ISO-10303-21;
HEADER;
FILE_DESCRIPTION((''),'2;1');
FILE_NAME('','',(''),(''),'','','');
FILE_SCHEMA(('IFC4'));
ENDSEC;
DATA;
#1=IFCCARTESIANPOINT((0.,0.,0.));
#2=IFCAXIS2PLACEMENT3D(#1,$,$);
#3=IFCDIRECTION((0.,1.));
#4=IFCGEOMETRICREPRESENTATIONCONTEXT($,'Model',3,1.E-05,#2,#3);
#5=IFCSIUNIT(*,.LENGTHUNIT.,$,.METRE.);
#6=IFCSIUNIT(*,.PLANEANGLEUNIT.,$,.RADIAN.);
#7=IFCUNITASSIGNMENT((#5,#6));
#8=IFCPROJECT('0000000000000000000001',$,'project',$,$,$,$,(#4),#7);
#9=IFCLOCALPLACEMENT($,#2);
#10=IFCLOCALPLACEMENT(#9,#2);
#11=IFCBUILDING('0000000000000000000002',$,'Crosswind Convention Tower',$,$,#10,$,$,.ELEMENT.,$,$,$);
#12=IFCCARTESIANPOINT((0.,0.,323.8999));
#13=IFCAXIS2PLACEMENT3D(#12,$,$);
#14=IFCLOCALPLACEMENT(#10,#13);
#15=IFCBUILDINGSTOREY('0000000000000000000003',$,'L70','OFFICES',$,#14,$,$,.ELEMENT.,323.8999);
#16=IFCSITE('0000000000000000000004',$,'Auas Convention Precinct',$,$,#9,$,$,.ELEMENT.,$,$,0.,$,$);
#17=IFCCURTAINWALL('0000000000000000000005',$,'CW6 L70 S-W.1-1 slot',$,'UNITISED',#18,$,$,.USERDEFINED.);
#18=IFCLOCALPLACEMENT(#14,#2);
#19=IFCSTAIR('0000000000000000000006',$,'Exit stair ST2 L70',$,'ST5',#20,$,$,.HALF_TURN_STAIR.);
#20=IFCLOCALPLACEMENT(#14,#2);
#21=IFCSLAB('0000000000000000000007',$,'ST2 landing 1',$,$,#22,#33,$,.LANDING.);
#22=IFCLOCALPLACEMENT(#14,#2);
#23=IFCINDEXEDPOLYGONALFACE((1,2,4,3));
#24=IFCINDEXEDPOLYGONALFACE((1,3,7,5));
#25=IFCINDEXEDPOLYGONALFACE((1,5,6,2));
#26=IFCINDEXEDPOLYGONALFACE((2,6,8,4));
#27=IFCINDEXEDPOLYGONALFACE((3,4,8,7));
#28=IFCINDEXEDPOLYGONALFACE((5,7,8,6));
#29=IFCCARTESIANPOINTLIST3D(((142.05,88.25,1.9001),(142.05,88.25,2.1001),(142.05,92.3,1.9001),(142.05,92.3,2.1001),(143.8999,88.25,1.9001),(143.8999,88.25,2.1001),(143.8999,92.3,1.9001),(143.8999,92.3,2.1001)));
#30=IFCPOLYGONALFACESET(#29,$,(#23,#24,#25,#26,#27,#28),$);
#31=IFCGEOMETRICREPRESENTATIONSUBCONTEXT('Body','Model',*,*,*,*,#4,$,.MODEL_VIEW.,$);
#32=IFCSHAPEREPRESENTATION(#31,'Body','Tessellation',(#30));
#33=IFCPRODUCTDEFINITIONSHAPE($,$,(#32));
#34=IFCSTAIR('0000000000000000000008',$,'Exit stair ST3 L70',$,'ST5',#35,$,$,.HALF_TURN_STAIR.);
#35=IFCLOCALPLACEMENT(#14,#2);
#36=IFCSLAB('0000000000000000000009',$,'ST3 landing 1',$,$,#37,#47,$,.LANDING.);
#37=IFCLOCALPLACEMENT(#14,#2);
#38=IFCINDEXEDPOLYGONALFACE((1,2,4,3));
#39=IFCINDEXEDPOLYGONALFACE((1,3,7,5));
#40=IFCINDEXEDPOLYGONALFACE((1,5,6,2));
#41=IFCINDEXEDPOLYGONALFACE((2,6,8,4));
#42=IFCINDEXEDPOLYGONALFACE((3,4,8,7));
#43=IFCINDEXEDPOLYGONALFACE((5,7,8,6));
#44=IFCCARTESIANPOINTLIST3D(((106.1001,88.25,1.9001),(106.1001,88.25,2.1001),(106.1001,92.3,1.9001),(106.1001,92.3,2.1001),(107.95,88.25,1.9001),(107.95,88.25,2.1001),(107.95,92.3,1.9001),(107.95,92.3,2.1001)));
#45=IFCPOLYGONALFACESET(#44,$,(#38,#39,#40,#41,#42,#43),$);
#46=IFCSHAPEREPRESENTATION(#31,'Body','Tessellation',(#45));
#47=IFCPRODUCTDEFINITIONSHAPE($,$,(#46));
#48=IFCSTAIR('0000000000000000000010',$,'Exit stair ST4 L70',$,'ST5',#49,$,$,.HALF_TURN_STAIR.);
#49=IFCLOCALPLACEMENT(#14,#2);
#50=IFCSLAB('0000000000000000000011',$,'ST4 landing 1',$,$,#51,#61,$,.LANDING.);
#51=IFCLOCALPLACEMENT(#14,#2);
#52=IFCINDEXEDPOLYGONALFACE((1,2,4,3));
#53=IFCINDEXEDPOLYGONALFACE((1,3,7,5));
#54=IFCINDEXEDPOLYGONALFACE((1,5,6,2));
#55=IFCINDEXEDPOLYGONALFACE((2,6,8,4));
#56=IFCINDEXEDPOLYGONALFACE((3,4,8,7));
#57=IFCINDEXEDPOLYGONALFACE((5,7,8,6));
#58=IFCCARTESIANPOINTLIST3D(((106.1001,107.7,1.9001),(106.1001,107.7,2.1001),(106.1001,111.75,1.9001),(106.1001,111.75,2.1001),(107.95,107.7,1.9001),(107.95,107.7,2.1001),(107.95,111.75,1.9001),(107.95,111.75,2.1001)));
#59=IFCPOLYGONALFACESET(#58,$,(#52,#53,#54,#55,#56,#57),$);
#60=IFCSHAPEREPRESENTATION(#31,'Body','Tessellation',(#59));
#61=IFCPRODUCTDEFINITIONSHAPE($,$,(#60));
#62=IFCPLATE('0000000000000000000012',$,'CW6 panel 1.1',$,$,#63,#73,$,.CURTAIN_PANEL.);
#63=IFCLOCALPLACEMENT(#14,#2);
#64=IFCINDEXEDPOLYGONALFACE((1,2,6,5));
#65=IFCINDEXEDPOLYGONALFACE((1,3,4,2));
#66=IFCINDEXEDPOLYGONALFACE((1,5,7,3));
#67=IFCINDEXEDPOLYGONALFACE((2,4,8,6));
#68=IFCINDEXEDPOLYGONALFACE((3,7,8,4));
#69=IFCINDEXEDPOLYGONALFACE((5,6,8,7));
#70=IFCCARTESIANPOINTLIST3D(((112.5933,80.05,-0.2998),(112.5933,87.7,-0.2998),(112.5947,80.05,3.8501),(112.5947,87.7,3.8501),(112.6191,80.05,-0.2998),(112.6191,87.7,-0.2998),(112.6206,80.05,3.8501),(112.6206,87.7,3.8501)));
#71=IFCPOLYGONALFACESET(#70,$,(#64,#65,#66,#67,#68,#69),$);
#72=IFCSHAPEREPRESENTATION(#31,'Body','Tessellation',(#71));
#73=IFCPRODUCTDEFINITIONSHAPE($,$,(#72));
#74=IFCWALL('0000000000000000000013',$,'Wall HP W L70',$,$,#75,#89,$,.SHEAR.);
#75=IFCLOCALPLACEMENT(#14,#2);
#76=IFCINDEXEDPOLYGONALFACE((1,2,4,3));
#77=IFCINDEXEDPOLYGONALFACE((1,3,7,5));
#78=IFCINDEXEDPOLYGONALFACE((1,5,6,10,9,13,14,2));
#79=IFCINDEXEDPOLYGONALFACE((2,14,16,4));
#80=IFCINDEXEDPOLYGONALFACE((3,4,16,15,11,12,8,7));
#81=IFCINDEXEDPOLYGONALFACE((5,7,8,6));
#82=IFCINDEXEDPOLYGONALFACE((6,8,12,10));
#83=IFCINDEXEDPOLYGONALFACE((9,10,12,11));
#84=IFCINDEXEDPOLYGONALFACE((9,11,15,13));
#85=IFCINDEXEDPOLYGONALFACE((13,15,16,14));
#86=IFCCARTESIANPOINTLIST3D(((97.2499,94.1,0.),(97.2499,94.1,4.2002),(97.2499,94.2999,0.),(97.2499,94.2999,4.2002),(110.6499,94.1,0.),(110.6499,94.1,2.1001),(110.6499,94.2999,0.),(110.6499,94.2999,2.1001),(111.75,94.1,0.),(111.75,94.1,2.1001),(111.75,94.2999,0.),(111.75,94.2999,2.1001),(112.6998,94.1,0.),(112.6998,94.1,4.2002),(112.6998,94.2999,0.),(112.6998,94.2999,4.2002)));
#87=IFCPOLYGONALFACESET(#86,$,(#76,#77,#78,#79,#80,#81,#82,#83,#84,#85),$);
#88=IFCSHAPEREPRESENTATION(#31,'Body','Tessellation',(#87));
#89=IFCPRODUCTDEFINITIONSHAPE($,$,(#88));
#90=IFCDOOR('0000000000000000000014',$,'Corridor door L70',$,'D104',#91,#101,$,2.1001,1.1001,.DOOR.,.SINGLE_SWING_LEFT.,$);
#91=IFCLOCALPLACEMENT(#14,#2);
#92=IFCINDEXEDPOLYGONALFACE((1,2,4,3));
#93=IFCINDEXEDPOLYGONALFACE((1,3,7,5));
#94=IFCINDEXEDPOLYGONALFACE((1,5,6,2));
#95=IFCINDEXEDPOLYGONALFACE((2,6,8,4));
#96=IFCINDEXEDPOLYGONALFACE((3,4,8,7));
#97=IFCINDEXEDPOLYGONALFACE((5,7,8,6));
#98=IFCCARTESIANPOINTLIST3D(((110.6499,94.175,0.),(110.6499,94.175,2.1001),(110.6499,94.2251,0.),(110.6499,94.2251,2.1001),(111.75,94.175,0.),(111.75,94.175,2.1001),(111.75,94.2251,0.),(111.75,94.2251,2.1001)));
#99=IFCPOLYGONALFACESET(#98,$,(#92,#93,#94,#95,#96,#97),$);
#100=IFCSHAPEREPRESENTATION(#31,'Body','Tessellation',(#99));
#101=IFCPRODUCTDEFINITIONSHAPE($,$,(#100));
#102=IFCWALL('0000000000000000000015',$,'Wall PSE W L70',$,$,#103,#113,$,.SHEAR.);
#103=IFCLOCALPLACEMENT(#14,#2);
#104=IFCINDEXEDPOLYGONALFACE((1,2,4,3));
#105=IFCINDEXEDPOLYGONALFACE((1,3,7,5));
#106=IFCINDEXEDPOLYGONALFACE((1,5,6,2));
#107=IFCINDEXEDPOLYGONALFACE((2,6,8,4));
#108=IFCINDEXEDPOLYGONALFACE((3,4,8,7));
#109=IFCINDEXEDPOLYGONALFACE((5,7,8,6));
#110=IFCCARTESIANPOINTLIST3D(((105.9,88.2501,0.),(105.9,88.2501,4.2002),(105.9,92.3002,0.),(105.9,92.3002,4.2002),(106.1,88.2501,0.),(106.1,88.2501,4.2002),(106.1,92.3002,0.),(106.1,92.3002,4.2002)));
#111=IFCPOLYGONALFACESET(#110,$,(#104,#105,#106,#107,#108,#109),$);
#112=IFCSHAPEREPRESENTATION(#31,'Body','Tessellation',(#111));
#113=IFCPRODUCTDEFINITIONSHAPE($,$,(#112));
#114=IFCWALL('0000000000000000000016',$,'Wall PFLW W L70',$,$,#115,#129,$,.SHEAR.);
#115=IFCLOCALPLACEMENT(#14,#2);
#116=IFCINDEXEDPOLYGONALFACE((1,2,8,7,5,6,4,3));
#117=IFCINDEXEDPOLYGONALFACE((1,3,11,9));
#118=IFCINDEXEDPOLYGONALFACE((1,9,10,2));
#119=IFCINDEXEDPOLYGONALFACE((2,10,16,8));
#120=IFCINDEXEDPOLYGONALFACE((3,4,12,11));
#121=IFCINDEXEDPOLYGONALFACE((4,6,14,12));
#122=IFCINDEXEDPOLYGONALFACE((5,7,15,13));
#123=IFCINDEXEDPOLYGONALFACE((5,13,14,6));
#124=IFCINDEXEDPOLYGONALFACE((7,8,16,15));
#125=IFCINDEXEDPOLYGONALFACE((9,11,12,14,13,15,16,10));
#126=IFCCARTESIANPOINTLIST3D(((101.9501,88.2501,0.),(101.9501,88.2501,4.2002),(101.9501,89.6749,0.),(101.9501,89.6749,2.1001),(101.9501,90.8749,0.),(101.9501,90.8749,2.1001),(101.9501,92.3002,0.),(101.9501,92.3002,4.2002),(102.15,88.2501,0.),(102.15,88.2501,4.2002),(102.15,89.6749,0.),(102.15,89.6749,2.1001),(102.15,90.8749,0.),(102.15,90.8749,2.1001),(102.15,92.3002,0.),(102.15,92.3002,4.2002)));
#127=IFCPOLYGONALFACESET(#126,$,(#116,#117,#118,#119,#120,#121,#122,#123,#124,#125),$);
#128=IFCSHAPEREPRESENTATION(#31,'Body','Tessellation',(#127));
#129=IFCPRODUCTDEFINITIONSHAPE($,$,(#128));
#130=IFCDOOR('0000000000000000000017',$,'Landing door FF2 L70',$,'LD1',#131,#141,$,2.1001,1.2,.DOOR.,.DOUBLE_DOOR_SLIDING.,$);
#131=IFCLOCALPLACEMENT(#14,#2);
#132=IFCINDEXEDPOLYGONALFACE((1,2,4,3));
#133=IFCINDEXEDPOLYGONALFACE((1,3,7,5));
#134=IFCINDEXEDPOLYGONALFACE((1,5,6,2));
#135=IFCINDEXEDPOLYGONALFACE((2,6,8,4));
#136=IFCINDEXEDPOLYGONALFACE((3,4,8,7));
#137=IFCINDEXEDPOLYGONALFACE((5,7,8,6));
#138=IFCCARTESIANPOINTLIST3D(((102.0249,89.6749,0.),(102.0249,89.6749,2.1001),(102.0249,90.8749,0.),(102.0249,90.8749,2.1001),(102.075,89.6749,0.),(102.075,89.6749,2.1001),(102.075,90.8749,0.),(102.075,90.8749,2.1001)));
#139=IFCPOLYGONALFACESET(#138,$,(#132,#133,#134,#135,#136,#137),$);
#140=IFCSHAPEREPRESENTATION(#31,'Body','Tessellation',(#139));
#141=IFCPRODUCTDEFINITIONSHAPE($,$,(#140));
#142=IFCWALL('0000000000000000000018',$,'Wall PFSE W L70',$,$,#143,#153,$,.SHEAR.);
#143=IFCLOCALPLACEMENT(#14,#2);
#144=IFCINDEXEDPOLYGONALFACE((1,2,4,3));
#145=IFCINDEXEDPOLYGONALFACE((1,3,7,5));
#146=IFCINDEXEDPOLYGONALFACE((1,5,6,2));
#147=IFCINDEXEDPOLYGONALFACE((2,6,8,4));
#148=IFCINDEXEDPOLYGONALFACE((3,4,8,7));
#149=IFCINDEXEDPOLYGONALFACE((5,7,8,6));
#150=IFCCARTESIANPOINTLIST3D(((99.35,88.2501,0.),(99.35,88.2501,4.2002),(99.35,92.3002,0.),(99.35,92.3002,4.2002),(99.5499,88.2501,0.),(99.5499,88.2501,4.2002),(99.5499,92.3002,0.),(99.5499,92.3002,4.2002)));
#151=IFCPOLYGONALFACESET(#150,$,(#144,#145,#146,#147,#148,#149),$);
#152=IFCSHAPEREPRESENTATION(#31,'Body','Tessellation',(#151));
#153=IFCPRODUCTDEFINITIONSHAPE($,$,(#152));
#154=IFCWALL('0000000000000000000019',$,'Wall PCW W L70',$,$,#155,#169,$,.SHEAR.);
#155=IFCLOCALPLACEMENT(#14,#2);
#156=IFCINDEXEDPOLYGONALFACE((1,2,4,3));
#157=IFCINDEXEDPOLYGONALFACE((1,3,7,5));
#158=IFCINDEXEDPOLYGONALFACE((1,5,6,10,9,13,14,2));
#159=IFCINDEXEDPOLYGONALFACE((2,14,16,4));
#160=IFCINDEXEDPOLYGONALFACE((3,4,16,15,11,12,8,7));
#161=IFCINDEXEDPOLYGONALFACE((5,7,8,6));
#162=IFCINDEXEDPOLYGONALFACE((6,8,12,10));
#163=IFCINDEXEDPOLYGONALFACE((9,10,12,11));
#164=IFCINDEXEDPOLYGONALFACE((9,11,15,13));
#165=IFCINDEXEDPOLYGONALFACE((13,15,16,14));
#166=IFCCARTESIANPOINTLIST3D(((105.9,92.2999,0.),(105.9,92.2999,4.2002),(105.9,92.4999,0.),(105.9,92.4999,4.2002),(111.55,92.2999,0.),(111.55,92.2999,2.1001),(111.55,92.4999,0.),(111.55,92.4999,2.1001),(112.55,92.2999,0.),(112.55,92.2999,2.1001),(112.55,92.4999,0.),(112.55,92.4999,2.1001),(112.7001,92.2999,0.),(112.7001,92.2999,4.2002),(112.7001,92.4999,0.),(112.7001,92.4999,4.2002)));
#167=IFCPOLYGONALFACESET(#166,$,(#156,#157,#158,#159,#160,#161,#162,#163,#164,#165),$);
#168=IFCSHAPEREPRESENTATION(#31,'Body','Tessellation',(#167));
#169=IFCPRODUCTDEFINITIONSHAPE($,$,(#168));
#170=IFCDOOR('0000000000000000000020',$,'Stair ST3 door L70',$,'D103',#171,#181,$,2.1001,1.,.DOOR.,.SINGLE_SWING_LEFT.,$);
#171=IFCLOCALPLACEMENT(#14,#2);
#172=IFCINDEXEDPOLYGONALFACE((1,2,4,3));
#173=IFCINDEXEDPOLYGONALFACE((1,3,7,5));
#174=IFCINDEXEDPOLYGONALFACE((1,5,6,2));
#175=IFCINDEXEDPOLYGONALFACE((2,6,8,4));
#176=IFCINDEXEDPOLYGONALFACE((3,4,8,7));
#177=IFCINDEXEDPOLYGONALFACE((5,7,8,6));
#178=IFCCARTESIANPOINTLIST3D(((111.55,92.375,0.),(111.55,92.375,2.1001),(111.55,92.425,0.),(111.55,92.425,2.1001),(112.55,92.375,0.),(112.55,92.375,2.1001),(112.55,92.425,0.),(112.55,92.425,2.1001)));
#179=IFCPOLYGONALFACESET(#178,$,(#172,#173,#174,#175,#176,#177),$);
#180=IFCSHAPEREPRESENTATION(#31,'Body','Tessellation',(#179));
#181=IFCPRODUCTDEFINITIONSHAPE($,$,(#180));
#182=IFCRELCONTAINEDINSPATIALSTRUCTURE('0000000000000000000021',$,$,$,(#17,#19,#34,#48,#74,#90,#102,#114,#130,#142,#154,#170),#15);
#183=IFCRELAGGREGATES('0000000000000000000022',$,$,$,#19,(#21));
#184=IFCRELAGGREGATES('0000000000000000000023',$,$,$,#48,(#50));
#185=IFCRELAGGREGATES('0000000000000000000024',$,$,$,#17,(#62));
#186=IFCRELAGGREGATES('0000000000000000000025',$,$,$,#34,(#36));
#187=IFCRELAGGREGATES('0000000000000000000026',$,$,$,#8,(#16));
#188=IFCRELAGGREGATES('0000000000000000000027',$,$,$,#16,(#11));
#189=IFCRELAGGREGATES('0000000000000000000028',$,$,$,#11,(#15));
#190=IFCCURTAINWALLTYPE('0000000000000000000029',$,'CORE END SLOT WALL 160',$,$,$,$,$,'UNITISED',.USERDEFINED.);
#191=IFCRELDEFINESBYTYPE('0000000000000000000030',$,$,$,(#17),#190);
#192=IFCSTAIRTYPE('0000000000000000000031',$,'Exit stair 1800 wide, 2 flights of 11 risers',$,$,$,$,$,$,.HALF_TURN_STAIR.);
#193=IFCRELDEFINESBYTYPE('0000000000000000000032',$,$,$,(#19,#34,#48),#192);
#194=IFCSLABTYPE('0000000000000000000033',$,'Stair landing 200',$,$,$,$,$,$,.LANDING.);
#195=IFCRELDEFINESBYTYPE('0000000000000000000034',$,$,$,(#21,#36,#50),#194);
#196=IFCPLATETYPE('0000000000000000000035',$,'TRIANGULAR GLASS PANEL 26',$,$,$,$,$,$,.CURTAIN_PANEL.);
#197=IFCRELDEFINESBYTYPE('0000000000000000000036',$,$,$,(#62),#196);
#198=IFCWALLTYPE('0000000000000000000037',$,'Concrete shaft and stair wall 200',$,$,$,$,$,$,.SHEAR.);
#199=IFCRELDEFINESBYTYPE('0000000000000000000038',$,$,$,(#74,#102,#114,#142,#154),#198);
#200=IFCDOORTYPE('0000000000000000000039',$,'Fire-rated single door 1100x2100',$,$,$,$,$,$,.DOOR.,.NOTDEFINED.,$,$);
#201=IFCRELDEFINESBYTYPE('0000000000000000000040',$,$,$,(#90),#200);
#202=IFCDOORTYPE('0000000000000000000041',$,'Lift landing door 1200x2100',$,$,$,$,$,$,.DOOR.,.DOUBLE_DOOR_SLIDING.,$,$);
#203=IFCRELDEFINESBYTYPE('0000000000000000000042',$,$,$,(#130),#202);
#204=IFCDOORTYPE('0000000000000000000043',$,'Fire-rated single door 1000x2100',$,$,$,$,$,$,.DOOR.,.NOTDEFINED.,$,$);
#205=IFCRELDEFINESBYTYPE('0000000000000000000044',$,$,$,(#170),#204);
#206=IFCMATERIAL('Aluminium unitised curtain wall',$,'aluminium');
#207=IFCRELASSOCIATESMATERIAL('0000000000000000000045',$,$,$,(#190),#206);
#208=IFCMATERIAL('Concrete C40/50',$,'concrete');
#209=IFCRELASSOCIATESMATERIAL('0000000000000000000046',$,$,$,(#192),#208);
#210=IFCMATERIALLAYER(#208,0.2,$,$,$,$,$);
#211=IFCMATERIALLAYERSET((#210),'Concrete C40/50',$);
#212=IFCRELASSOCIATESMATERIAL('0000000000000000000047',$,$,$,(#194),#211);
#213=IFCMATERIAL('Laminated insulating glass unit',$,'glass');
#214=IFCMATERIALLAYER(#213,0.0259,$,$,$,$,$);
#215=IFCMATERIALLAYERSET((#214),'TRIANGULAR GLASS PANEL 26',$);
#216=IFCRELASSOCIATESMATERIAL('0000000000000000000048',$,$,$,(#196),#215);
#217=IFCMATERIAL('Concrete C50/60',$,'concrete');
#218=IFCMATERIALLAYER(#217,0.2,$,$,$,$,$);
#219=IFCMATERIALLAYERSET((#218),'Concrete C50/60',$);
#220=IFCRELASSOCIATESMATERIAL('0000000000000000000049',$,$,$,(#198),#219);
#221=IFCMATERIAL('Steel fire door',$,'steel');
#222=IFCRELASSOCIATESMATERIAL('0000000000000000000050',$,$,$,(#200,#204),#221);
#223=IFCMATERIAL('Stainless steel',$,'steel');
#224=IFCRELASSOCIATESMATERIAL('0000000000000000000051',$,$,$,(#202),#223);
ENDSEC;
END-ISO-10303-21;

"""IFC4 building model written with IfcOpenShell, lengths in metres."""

from ifc_helpers import new_model, si_unit, direction, frame, frame_2d, origin, place, context, subcontext, project, spatial, polyline, rectangle, outline, extrude, material, layer, layer_set, type_object, element, fill, aggregate, save


model = new_model("IFC4")

# Units and contexts
model_context = context("Model", 3, precision=1e-05, world=origin(), true_north=direction((0.0, 1.0)))
body_context = subcontext(model_context, "Body", "Model", "MODEL_VIEW")
ifc_project = project(units=[si_unit("LENGTHUNIT", "METRE"), si_unit("PLANEANGLEUNIT", "RADIAN")], contexts=[model_context])

# Site, building, storey
site_placement = place(None, origin())
site = spatial("IfcSite", under=ifc_project, at=site_placement, Name="Auas Convention Precinct", CompositionType="ELEMENT", RefElevation=0.0)
building_placement = place(site_placement, origin())
building = spatial("IfcBuilding", under=site, at=building_placement, Name="Crosswind Convention Tower", CompositionType="ELEMENT")
storey_placement = place(building_placement, frame((0.0, 0.0, 323.8999)))
storey = spatial("IfcBuildingStorey", under=building, at=storey_placement, Name="L70", Description="OFFICES", CompositionType="ELEMENT", Elevation=323.8999)

# Curtain wall
ifc_material_1 = material(Name="Aluminium unitised curtain wall", Category="aluminium")
curtain_wall_type = type_object("IfcCurtainWallType", Name="CORE END SLOT WALL 160", ElementType="UNITISED", PredefinedType="USERDEFINED", material=ifc_material_1)
curtain_wall_placement = place(storey_placement, origin())
curtain_wall = element("IfcCurtainWall", 1, at=curtain_wall_placement, inside=storey, type_object=curtain_wall_type, Name="CW6 L70 S-W.1-1 slot", ObjectType="UNITISED", PredefinedType="USERDEFINED")

# Shared definitions
ifc_material_2 = material(Name="Concrete C40/50", Category="concrete")

# Stairs, slabs
stair_type = type_object("IfcStairType", Name="Exit stair 1800 wide, 2 flights of 11 risers", PredefinedType="HALF_TURN_STAIR", material=ifc_material_2)
ifc_layer_1 = layer(ifc_material_2, 0.2)
ifc_layer_set_1 = layer_set([ifc_layer_1], Name="Concrete C40/50")
slab_type_1 = type_object("IfcSlabType", Name="Stair landing 200", PredefinedType="LANDING", material=ifc_layer_set_1)
stair_1_placement = place(storey_placement, origin())
stair_1 = element("IfcStair", 2, at=stair_1_placement, inside=storey, type_object=stair_type, Name="Exit stair ST2 L70", ObjectType="ST5", PredefinedType="HALF_TURN_STAIR")
slab_1_placement = place(storey_placement, frame((0.0, 0.0, 1.9001)))
slab_1 = element("IfcSlab", 3, at=slab_1_placement, type_object=slab_type_1, Name="ST2 landing 1", PredefinedType="LANDING", context=body_context, shape_type="SweptSolid", body=[
    extrude(outline(polyline([(143.8999, 88.25), (143.8999, 92.3), (142.05, 92.3), (142.05, 88.25), (143.8999, 88.25)])), origin(), (0.0, 0.0, 1.0), 0.2),
])
aggregate(stair_1, [slab_1])
stair_2_placement = place(storey_placement, origin())
stair_2 = element("IfcStair", 4, at=stair_2_placement, inside=storey, type_object=stair_type, Name="Exit stair ST3 L70", ObjectType="ST5", PredefinedType="HALF_TURN_STAIR")
slab_2_placement = place(storey_placement, frame((0.0, 0.0, 1.9001)))
slab_2 = element("IfcSlab", 5, at=slab_2_placement, type_object=slab_type_1, Name="ST3 landing 1", PredefinedType="LANDING", context=body_context, shape_type="SweptSolid", body=[
    extrude(outline(polyline([(107.95, 88.25), (107.95, 92.3), (106.1001, 92.3), (106.1001, 88.25), (107.95, 88.25)])), origin(), (0.0, 0.0, 1.0), 0.2),
])
stair_3_placement = place(storey_placement, origin())
stair_3 = element("IfcStair", 6, at=stair_3_placement, inside=storey, type_object=stair_type, Name="Exit stair ST4 L70", ObjectType="ST5", PredefinedType="HALF_TURN_STAIR")
slab_3_placement = place(storey_placement, frame((0.0, 0.0, 1.9001)))
slab_3 = element("IfcSlab", 7, at=slab_3_placement, type_object=slab_type_1, Name="ST4 landing 1", PredefinedType="LANDING", context=body_context, shape_type="SweptSolid", body=[
    extrude(outline(polyline([(107.95, 107.7), (107.95, 111.75), (106.1001, 111.75), (106.1001, 107.7), (107.95, 107.7)])), origin(), (0.0, 0.0, 1.0), 0.2),
])
aggregate(stair_3, [slab_3])

# Plate
ifc_material_3 = material(Name="Laminated insulating glass unit", Category="glass")
ifc_layer_2 = layer(ifc_material_3, 0.0259)
ifc_layer_set_2 = layer_set([ifc_layer_2], Name="TRIANGULAR GLASS PANEL 26")
plate_type = type_object("IfcPlateType", Name="TRIANGULAR GLASS PANEL 26", PredefinedType="CURTAIN_PANEL", material=ifc_layer_set_2)
plate_placement = place(storey_placement, frame((112.5933, 87.7, -0.2998), z_axis=(-1.0, 0.0, 0.000353), x_axis=(0.0, -1.0, 0.0)))
plate = element("IfcPlate", 8, at=plate_placement, type_object=plate_type, Name="CW6 panel 1.1", PredefinedType="CURTAIN_PANEL", context=body_context, shape_type="SweptSolid", body=[
    extrude(outline(polyline([(0.0, 0.0), (7.6499, 0.0), (7.6499, 4.1499), (0.0, 4.1499), (0.0, 0.0)])), origin(), (0.0, 0.0, -1.0), 0.0259),
])
aggregate(curtain_wall, [plate])

# Wall, opening, door
ifc_material_4 = material(Name="Concrete C50/60", Category="concrete")
ifc_layer_3 = layer(ifc_material_4, 0.2)
ifc_layer_set_3 = layer_set([ifc_layer_3], Name="Concrete C50/60")
wall_type_1 = type_object("IfcWallType", Name="Concrete shaft and stair wall 200", PredefinedType="SHEAR", material=ifc_layer_set_3)
wall_1_placement = place(storey_placement, frame((112.7, 94.2, 0.0), z_axis=(0.0, 0.0, 1.0), x_axis=(-1.0, 0.0, 0.0)))
wall_1 = element("IfcWall", 9, at=wall_1_placement, inside=storey, type_object=wall_type_1, Name="Wall HP W L70", PredefinedType="SHEAR", context=body_context, shape_type="SweptSolid", body=[
    extrude(rectangle(XDim=15.45, YDim=0.2, at=frame_2d((7.7251, 0.0))), origin(), (0.0, 0.0, 1.0), 4.2002),
])
opening_1_placement = place(wall_1_placement, frame((0.95, 0.0, 0.0)))
opening_1 = element("IfcOpeningElement", 10, at=opening_1_placement, cuts=wall_1, PredefinedType="OPENING", context=body_context, shape_type="SweptSolid", body=[
    extrude(rectangle(XDim=1.1001, YDim=2.1001, at=frame_2d((0.55, 1.05))), frame((0.0, 0.1099, 0.0), z_axis=(0.0, -1.0, 0.0), x_axis=(1.0, 0.0, 0.0)), (0.0, 0.0, 1.0), 0.22),
])
ifc_material_5 = material(Name="Steel fire door", Category="steel")
door_type_1 = type_object("IfcDoorType", Name="Fire-rated single door 1100x2100", OperationType="NOTDEFINED", PredefinedType="DOOR", material=ifc_material_5)
door_1_placement = place(opening_1_placement, origin())
door_1 = element("IfcDoor", 11, at=door_1_placement, inside=storey, type_object=door_type_1, Name="Corridor door L70", ObjectType="D104", OperationType="SINGLE_SWING_LEFT", OverallHeight=2.1001, OverallWidth=1.1001, PredefinedType="DOOR", context=body_context, shape_type="SweptSolid", body=[
    extrude(rectangle(XDim=1.1001, YDim=2.1001, at=frame_2d((0.55, 1.05))), frame((0.0, 0.0249, 0.0), z_axis=(0.0, -1.0, 0.0), x_axis=(1.0, 0.0, 0.0)), (0.0, 0.0, 1.0), 0.05),
])
fill(opening_1, door_1)

# Wall
wall_2_placement = place(storey_placement, frame((106.0, 92.3, 0.0), z_axis=(0.0, 0.0, 1.0), x_axis=(0.0, -1.0, 0.0)))
element("IfcWall", 12, at=wall_2_placement, inside=storey, type_object=wall_type_1, Name="Wall PSE W L70", PredefinedType="SHEAR", context=body_context, shape_type="SweptSolid", body=[
    extrude(rectangle(XDim=4.05, YDim=0.2, at=frame_2d((2.0249, 0.0))), origin(), (0.0, 0.0, 1.0), 4.2002),
])

# Wall, opening, door
wall_3_placement = place(storey_placement, frame((102.05, 92.3, 0.0), z_axis=(0.0, 0.0, 1.0), x_axis=(0.0, -1.0, 0.0)))
wall_3 = element("IfcWall", 13, at=wall_3_placement, inside=storey, type_object=wall_type_1, Name="Wall PFLW W L70", PredefinedType="SHEAR", context=body_context, shape_type="SweptSolid", body=[
    extrude(rectangle(XDim=4.05, YDim=0.2, at=frame_2d((2.0249, 0.0))), origin(), (0.0, 0.0, 1.0), 4.2002),
])
opening_2_placement = place(wall_3_placement, frame((1.425, 0.0, 0.0)))
opening_2 = element("IfcOpeningElement", 14, at=opening_2_placement, cuts=wall_3, PredefinedType="OPENING", context=body_context, shape_type="SweptSolid", body=[
    extrude(rectangle(XDim=1.2, YDim=2.1001, at=frame_2d((0.6001, 1.05))), frame((0.0, 0.1099, 0.0), z_axis=(0.0, -1.0, 0.0), x_axis=(1.0, 0.0, 0.0)), (0.0, 0.0, 1.0), 0.22),
])
ifc_material_6 = material(Name="Stainless steel", Category="steel")
door_type_2 = type_object("IfcDoorType", Name="Lift landing door 1200x2100", OperationType="DOUBLE_DOOR_SLIDING", PredefinedType="DOOR", material=ifc_material_6)
door_2_placement = place(opening_2_placement, origin())
door_2 = element("IfcDoor", 15, at=door_2_placement, inside=storey, type_object=door_type_2, Name="Landing door FF2 L70", ObjectType="LD1", OperationType="DOUBLE_DOOR_SLIDING", OverallHeight=2.1001, OverallWidth=1.2, PredefinedType="DOOR", context=body_context, shape_type="SweptSolid", body=[
    extrude(rectangle(XDim=1.2, YDim=2.1001, at=frame_2d((0.6001, 1.05))), frame((0.0, 0.0249, 0.0), z_axis=(0.0, -1.0, 0.0), x_axis=(1.0, 0.0, 0.0)), (0.0, 0.0, 1.0), 0.05),
])
fill(opening_2, door_2)

# Wall
wall_4_placement = place(storey_placement, frame((99.45, 92.3, 0.0), z_axis=(0.0, 0.0, 1.0), x_axis=(0.0, -1.0, 0.0)))
element("IfcWall", 16, at=wall_4_placement, inside=storey, type_object=wall_type_1, Name="Wall PFSE W L70", PredefinedType="SHEAR", context=body_context, shape_type="SweptSolid", body=[
    extrude(rectangle(XDim=4.05, YDim=0.2, at=frame_2d((2.0249, 0.0))), origin(), (0.0, 0.0, 1.0), 4.2002),
])

# Wall, opening, door
wall_5_placement = place(storey_placement, frame((112.7, 92.3999, 0.0), z_axis=(0.0, 0.0, 1.0), x_axis=(-1.0, 0.0, 0.0)))
wall_5 = element("IfcWall", 17, at=wall_5_placement, inside=storey, type_object=wall_type_1, Name="Wall PCW W L70", PredefinedType="SHEAR", context=body_context, shape_type="SweptSolid", body=[
    extrude(rectangle(XDim=6.8, YDim=0.2, at=frame_2d((3.3999, 0.0))), origin(), (0.0, 0.0, 1.0), 4.2002),
])
opening_3_placement = place(wall_5_placement, frame((0.1499, 0.0, 0.0)))
opening_3 = element("IfcOpeningElement", 18, at=opening_3_placement, cuts=wall_5, PredefinedType="OPENING", context=body_context, shape_type="SweptSolid", body=[
    extrude(rectangle(XDim=1.0, YDim=2.1001, at=frame_2d((0.5, 1.05))), frame((0.0, 0.1099, 0.0), z_axis=(0.0, -1.0, 0.0), x_axis=(1.0, 0.0, 0.0)), (0.0, 0.0, 1.0), 0.22),
])
door_type_3 = type_object("IfcDoorType", Name="Fire-rated single door 1000x2100", OperationType="NOTDEFINED", PredefinedType="DOOR", material=ifc_material_5)
door_3_placement = place(opening_3_placement, origin())
door_3 = element("IfcDoor", 19, at=door_3_placement, inside=storey, type_object=door_type_3, Name="Stair ST3 door L70", ObjectType="D103", OperationType="SINGLE_SWING_LEFT", OverallHeight=2.1001, OverallWidth=1.0, PredefinedType="DOOR", context=body_context, shape_type="SweptSolid", body=[
    extrude(rectangle(XDim=1.0, YDim=2.1001, at=frame_2d((0.5, 1.05))), frame((0.0, 0.0249, 0.0), z_axis=(0.0, -1.0, 0.0), x_axis=(1.0, 0.0, 0.0)), (0.0, 0.0, 1.0), 0.05),
])
fill(opening_3, door_3)

aggregate(stair_2, [slab_2])

save(model, "model.ifc")
